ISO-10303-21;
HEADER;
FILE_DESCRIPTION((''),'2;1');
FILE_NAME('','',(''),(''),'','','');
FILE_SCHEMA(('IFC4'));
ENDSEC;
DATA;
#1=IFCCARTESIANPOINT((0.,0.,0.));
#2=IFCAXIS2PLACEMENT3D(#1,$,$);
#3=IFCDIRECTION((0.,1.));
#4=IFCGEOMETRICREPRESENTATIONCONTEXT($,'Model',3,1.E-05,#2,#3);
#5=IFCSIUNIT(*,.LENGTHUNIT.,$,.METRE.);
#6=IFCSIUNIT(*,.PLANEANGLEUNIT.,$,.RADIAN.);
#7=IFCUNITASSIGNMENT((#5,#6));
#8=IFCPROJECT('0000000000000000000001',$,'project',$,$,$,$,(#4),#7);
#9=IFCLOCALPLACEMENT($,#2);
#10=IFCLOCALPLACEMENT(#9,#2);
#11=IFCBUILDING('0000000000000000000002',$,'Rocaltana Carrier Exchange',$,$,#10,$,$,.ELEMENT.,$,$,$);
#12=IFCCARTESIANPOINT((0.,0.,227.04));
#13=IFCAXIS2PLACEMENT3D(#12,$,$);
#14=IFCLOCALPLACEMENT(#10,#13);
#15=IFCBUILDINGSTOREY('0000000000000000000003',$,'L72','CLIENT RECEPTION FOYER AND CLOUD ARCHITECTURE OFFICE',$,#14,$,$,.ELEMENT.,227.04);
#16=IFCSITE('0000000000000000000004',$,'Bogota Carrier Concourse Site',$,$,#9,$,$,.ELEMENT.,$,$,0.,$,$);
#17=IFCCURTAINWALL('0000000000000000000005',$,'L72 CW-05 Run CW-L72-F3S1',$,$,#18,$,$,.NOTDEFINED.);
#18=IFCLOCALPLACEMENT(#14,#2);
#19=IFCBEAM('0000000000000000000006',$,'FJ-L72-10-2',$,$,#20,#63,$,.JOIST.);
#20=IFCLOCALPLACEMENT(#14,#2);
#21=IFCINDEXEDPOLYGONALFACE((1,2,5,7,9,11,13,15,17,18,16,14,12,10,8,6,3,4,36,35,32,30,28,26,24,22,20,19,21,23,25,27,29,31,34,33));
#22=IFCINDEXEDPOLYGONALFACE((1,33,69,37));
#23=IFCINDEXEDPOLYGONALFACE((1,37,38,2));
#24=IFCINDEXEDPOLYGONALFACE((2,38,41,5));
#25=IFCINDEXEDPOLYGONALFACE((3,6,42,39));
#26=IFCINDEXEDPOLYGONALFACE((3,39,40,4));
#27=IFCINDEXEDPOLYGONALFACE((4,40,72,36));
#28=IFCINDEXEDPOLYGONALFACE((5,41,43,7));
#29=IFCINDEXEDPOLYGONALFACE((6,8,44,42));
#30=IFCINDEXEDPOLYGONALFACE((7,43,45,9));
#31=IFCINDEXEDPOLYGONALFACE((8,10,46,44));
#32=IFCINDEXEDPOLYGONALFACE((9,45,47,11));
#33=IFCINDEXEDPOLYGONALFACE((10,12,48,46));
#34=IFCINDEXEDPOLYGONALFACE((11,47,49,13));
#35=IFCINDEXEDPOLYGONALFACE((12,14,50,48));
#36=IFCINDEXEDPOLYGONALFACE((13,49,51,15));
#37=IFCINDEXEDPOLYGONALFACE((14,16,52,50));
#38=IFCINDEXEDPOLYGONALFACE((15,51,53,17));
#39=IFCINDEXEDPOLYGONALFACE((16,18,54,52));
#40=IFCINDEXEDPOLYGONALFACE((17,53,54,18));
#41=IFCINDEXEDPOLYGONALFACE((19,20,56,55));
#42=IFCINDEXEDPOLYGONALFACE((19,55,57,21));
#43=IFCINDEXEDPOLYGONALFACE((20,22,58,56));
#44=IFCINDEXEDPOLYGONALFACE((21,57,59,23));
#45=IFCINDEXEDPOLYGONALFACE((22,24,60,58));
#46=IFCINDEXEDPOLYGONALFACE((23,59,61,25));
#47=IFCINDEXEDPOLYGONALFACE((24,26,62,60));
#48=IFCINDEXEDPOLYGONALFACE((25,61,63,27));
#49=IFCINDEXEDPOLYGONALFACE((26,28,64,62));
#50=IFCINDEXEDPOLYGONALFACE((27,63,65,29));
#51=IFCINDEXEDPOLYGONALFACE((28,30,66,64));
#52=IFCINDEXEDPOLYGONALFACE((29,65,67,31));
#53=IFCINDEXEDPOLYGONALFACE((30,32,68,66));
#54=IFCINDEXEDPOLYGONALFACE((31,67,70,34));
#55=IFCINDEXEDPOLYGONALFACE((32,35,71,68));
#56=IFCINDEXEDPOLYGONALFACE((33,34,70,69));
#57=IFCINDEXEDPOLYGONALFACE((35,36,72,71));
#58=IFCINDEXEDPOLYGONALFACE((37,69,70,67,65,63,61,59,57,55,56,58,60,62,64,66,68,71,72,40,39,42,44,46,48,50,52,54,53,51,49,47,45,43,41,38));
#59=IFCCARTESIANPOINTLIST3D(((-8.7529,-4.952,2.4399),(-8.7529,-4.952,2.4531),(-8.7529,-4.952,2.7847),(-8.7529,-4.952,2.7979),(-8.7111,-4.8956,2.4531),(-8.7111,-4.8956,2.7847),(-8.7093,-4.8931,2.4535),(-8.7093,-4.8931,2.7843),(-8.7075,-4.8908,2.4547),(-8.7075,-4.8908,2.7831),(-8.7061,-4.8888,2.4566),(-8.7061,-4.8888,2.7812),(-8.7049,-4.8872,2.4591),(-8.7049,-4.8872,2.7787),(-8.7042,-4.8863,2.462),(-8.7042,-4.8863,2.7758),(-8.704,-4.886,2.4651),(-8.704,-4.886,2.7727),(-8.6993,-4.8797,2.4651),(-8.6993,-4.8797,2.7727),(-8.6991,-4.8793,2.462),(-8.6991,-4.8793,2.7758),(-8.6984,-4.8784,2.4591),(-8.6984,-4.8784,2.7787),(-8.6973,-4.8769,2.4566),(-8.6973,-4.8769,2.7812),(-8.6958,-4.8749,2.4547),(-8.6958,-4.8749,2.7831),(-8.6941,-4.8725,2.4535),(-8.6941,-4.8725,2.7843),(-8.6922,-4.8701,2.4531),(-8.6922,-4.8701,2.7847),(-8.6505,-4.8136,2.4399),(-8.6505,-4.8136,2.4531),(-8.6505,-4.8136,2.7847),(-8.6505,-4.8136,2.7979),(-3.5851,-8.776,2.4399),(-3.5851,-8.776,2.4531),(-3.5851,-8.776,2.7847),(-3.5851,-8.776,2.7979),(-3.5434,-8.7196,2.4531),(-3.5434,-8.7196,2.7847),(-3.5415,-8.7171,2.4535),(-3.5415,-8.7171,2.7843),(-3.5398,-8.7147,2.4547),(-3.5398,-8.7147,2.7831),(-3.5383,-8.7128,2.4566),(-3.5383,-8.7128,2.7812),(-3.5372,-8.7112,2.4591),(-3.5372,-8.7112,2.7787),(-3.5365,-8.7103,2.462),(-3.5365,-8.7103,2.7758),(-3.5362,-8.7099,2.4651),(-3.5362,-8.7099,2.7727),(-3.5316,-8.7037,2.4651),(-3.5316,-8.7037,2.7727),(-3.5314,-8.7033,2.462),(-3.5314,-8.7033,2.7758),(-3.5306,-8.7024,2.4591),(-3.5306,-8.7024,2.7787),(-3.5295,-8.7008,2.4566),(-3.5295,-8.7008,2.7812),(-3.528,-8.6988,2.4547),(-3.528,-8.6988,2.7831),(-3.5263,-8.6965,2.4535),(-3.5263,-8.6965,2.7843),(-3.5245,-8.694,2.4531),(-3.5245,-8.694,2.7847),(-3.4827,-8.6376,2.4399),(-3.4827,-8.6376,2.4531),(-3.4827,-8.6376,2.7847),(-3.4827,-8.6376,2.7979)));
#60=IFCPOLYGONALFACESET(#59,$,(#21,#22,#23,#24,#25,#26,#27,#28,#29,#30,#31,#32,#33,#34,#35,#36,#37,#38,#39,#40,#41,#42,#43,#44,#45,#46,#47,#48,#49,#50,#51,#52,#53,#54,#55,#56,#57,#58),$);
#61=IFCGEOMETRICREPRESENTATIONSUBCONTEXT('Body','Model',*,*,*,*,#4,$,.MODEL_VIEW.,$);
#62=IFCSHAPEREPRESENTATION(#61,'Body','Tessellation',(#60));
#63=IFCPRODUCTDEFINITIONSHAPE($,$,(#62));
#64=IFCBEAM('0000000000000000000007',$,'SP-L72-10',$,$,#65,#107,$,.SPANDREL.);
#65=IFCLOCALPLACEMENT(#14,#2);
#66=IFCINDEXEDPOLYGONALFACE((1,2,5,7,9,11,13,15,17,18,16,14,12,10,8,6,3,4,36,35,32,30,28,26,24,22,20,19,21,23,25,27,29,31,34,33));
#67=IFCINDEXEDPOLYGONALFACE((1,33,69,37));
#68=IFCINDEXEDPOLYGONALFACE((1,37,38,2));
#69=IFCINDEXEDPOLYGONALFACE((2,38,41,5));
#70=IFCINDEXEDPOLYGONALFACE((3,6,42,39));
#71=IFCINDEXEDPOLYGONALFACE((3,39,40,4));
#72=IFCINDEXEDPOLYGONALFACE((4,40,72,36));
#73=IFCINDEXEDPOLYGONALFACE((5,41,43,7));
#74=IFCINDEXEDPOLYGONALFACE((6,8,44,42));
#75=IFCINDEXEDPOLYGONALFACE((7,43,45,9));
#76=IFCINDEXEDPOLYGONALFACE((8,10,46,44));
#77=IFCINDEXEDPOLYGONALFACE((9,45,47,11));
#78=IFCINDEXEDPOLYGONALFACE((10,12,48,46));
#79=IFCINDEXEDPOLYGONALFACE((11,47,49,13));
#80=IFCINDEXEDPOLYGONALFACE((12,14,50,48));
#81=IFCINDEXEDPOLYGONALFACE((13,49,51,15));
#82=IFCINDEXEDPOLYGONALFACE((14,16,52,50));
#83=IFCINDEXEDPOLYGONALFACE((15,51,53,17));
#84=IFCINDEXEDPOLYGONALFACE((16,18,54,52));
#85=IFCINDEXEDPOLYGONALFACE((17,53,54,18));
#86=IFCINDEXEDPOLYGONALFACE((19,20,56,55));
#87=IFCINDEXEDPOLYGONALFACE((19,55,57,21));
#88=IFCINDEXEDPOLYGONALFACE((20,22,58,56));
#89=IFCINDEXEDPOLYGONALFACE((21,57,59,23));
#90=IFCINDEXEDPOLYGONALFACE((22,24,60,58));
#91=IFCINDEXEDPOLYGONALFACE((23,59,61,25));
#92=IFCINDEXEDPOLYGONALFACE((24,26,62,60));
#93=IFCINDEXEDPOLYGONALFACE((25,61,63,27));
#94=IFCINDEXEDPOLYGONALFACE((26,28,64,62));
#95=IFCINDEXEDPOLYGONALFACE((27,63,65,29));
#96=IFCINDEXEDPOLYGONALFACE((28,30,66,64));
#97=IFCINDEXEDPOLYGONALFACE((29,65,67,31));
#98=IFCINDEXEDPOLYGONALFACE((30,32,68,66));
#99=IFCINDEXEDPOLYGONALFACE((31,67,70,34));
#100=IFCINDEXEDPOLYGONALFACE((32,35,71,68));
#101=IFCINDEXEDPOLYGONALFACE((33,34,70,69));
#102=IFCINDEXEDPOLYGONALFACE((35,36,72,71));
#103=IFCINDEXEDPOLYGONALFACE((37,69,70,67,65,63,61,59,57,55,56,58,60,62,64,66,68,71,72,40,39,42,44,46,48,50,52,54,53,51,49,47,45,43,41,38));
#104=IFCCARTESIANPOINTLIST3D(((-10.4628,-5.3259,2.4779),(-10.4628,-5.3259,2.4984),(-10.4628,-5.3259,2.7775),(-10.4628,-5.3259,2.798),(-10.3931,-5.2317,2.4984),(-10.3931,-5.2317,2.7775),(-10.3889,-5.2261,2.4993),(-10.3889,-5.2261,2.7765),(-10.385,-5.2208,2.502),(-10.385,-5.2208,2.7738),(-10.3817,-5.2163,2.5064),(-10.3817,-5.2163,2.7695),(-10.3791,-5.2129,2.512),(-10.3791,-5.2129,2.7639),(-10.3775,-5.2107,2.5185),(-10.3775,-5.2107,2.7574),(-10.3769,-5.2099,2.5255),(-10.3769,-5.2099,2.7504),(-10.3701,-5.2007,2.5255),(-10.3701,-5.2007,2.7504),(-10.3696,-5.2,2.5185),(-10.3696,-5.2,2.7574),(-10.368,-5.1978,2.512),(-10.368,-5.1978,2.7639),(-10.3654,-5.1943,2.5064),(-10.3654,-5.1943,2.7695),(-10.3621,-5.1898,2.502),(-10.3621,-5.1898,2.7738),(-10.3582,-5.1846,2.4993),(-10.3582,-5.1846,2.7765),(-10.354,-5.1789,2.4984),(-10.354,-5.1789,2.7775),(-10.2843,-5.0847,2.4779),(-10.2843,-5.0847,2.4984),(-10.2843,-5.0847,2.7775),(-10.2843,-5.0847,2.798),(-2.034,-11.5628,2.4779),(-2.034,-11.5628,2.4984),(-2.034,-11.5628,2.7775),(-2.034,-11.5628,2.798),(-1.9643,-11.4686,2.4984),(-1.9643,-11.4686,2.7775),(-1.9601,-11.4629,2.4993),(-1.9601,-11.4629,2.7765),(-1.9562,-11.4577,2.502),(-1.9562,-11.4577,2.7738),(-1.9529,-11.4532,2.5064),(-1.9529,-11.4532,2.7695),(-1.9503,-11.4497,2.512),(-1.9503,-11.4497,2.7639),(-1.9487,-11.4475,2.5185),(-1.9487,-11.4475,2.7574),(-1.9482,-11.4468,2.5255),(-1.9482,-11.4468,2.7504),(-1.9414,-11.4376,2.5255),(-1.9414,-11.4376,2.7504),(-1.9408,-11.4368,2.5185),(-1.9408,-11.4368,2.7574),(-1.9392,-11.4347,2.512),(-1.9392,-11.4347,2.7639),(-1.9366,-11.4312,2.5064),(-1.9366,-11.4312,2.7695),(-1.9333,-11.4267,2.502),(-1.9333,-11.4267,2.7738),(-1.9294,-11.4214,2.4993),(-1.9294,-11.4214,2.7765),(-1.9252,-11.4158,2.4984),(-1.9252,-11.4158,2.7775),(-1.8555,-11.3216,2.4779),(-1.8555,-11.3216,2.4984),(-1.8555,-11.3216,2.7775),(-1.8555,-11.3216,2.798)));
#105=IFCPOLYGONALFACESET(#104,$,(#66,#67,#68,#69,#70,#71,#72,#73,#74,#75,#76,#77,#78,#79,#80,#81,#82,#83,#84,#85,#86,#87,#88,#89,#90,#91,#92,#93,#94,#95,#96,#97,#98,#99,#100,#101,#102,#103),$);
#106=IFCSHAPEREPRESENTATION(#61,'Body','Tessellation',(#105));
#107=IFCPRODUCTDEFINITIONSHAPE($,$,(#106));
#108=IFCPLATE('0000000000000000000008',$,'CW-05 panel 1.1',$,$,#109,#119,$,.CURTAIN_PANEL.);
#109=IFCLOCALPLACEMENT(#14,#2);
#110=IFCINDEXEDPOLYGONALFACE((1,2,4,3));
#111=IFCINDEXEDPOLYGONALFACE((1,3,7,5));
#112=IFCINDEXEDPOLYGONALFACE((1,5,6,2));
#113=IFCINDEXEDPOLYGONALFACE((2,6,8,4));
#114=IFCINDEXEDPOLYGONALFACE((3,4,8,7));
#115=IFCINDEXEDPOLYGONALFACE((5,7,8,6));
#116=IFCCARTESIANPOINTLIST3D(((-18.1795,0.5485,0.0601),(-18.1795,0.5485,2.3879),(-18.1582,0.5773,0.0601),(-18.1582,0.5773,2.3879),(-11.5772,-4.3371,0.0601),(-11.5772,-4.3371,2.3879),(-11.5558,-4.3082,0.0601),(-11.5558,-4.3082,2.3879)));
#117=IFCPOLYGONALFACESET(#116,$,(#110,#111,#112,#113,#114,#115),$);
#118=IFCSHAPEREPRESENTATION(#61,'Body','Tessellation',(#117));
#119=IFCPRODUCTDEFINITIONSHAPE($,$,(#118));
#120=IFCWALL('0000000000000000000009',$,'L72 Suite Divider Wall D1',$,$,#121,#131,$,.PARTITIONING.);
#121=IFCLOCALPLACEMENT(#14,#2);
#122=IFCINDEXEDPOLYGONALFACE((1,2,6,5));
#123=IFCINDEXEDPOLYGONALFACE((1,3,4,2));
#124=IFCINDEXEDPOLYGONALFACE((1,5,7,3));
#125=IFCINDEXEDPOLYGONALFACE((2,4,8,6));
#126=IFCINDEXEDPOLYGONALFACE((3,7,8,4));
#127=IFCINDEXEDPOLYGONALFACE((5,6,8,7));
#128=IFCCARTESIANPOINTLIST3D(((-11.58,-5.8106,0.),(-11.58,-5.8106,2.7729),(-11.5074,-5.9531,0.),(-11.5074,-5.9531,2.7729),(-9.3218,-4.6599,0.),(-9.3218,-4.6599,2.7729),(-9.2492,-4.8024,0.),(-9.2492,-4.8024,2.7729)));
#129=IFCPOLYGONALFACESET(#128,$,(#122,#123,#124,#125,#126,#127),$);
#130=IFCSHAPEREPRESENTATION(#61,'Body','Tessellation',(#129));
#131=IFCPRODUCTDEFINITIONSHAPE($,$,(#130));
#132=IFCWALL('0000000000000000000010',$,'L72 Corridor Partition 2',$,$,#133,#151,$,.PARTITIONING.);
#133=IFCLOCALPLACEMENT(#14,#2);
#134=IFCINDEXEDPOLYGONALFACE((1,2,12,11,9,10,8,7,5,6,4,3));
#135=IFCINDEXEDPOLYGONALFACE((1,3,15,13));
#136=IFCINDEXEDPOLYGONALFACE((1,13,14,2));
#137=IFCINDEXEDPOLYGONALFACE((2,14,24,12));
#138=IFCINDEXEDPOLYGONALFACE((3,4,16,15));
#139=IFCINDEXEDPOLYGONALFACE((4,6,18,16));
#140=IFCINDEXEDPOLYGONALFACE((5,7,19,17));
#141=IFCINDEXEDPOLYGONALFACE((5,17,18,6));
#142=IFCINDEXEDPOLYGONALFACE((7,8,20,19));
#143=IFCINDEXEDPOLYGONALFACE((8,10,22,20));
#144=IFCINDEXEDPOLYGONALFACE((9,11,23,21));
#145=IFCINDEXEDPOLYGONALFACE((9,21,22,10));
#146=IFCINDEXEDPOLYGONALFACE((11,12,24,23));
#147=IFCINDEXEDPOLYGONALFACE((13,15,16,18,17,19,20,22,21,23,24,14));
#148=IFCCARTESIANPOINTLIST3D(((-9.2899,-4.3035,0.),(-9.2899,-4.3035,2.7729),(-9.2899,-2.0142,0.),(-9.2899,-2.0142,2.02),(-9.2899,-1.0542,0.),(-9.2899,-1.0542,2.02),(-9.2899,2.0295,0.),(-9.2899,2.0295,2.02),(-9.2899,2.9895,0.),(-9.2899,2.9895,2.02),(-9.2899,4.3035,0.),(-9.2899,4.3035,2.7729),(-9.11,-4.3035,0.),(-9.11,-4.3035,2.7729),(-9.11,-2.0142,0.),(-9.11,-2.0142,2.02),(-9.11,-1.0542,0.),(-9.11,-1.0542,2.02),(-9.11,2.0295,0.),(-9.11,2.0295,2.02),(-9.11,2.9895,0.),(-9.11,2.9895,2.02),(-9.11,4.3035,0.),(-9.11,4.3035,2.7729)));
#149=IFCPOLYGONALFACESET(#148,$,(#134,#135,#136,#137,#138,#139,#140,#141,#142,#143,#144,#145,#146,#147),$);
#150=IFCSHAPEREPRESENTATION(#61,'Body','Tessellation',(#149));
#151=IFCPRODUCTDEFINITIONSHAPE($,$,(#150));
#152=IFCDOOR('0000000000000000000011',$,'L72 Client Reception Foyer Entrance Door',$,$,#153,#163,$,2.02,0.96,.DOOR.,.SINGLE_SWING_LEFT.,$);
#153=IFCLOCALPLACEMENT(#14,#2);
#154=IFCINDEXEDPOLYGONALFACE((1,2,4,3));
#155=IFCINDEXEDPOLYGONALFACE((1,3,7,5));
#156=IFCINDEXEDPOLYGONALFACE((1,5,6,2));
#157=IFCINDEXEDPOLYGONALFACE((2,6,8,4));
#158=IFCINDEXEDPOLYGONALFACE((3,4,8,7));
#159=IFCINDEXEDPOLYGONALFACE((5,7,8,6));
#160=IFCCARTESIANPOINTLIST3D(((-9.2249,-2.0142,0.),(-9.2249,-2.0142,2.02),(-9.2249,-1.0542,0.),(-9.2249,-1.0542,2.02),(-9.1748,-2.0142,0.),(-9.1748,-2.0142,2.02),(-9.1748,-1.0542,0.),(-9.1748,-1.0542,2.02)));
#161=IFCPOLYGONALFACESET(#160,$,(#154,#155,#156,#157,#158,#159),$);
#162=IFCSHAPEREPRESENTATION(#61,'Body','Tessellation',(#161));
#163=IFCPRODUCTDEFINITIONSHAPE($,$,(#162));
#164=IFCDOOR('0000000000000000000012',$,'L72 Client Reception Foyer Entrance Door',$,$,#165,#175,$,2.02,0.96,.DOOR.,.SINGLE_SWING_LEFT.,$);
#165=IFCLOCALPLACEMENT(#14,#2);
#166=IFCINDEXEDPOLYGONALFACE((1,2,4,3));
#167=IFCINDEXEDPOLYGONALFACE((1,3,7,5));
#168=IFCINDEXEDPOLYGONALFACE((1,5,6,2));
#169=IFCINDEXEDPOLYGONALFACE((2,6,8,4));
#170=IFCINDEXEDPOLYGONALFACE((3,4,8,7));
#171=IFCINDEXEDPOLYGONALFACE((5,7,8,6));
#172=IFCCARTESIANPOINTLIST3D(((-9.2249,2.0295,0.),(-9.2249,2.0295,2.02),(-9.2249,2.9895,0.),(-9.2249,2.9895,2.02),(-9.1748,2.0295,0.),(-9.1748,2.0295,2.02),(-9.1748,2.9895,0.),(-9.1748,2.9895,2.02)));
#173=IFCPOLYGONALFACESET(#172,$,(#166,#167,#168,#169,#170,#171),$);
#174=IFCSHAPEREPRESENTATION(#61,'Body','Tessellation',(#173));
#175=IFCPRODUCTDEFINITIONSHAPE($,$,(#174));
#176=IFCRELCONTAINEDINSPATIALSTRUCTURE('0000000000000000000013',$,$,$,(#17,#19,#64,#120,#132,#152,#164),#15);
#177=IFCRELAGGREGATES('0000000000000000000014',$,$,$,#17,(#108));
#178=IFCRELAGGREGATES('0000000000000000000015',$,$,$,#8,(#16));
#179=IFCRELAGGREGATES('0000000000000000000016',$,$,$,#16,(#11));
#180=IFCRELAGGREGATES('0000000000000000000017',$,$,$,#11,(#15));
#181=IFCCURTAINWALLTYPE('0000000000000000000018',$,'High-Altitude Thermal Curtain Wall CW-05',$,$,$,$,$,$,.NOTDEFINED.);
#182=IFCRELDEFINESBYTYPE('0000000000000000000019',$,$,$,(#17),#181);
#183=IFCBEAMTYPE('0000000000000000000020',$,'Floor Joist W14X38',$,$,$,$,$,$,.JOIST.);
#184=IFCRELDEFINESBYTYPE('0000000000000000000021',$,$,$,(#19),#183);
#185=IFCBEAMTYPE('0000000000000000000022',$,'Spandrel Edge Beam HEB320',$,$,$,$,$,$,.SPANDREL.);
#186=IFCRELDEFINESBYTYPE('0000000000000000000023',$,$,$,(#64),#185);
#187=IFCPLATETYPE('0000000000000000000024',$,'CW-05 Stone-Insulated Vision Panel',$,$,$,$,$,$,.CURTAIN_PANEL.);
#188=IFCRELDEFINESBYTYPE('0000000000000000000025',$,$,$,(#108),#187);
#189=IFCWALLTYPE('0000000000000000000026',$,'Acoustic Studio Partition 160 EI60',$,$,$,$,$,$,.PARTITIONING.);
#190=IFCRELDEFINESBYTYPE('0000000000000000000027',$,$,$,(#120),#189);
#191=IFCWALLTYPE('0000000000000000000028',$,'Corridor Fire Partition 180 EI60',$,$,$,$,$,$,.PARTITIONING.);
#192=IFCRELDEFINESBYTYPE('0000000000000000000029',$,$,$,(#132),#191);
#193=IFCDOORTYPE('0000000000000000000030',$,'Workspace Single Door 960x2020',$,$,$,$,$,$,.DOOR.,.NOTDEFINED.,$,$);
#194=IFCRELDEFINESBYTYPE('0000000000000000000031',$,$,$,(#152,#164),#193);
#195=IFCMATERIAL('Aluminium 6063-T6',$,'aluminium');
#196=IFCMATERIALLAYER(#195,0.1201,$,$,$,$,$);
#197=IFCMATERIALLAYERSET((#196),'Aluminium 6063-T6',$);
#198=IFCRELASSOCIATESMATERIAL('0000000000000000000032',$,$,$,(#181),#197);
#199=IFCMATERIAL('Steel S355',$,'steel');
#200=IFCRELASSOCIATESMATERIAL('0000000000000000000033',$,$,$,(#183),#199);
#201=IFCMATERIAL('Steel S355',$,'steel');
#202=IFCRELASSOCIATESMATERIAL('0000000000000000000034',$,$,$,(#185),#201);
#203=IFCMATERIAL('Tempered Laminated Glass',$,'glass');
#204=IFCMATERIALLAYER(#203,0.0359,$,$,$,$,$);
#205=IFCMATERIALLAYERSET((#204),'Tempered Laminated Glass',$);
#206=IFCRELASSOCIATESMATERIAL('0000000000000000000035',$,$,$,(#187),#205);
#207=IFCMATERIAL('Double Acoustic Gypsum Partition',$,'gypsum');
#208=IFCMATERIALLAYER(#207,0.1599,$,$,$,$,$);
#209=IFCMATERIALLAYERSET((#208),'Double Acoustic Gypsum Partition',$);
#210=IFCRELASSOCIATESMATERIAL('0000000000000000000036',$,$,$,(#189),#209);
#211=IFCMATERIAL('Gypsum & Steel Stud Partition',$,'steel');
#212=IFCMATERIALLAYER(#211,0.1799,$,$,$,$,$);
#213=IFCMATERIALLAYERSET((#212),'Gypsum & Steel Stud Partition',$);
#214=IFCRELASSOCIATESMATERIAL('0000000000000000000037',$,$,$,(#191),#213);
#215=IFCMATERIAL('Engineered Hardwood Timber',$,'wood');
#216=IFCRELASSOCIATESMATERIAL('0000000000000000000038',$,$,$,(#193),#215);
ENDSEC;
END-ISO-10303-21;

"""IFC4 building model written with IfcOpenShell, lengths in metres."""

from ifc_helpers import new_model, si_unit, direction, frame, frame_2d, origin, origin_2d, place, context, subcontext, project, spatial, rectangle, i_section, extrude, material, layer, layer_set, material_profile, profile_set, type_object, element, fill, aggregate, save


model = new_model("IFC4")

# Units and contexts
model_context = context("Model", 3, precision=1e-05, world=origin(), true_north=direction((0.0, 1.0)))
body_context = subcontext(model_context, "Body", "Model", "MODEL_VIEW")
ifc_project = project(units=[si_unit("LENGTHUNIT", "METRE"), si_unit("PLANEANGLEUNIT", "RADIAN")], contexts=[model_context])

# Site, building, storey
site_placement = place(None, origin())
site = spatial("IfcSite", under=ifc_project, at=site_placement, Name="Bogota Carrier Concourse Site", CompositionType="ELEMENT", RefElevation=0.0)
building_placement = place(site_placement, origin())
building = spatial("IfcBuilding", under=site, at=building_placement, Name="Rocaltana Carrier Exchange", CompositionType="ELEMENT")
storey_placement = place(building_placement, frame((0.0, 0.0, 227.04)))
storey = spatial("IfcBuildingStorey", under=building, at=storey_placement, Name="L72", Description="CLIENT RECEPTION FOYER AND CLOUD ARCHITECTURE OFFICE", CompositionType="ELEMENT", Elevation=227.04)

# Curtain wall
ifc_material_1 = material(Name="Aluminium 6063-T6", Category="aluminium")
ifc_layer_1 = layer(ifc_material_1, 0.1201)
ifc_layer_set_1 = layer_set([ifc_layer_1], Name="Aluminium 6063-T6")
curtain_wall_type = type_object("IfcCurtainWallType", Name="High-Altitude Thermal Curtain Wall CW-05", PredefinedType="NOTDEFINED", material=ifc_layer_set_1)
curtain_wall_1_placement = place(storey_placement, origin())
curtain_wall_1 = element("IfcCurtainWall", 1, at=curtain_wall_1_placement, inside=storey, type_object=curtain_wall_type, Name="L72 CW-05 Run CW-L72-F3S1", PredefinedType="NOTDEFINED")

# Beams
ifc_material_2 = material(Name="Steel S355", Category="steel")
ifc_material_profile_1 = material_profile(ifc_material_2, i_section(OverallWidth=0.1721, OverallDepth=0.3579, WebThickness=0.0078, FlangeThickness=0.0132, FilletRadius=0.012, at=origin_2d()), Name="W14X38")
ifc_profile_set_1 = profile_set([ifc_material_profile_1], Name="Steel S355")
beam_type_1 = type_object("IfcBeamType", Name="Floor Joist W14X38", PredefinedType="JOIST", material=ifc_profile_set_1)
beam_1_placement = place(storey_placement, frame((-8.7017, -4.8828, 2.6189), z_axis=(0.803852, -0.594829, 0.0), x_axis=(0.594829, 0.803852, 0.0)))
element("IfcBeam", 2, at=beam_1_placement, inside=storey, type_object=beam_type_1, Name="FJ-L72-10-2", PredefinedType="JOIST", context=body_context, shape_type="SweptSolid", body=[
    extrude(i_section(OverallWidth=0.1721, OverallDepth=0.3579, WebThickness=0.0078, FlangeThickness=0.0132, FilletRadius=0.012, at=origin_2d()), origin(), (0.0, 0.0, 1.0), 6.4287),
])
ifc_material_3 = material(Name="Steel S355", Category="steel")
ifc_material_profile_2 = material_profile(ifc_material_3, i_section(OverallWidth=0.3, OverallDepth=0.3201, WebThickness=0.0115, FlangeThickness=0.0205, FilletRadius=0.0271, at=origin_2d()), Name="HEB320")
ifc_profile_set_2 = profile_set([ifc_material_profile_2], Name="Steel S355")
beam_type_2 = type_object("IfcBeamType", Name="Spandrel Edge Beam HEB320", PredefinedType="SPANDREL", material=ifc_profile_set_2)
beam_2_placement = place(storey_placement, frame((-10.3735, -5.2053, 2.6379), z_axis=(0.803861, -0.594817, 0.0), x_axis=(0.594817, 0.803861, 0.0)))
element("IfcBeam", 3, at=beam_2_placement, inside=storey, type_object=beam_type_2, Name="SP-L72-10", PredefinedType="SPANDREL", context=body_context, shape_type="SweptSolid", body=[
    extrude(i_section(OverallWidth=0.3, OverallDepth=0.3201, WebThickness=0.0115, FlangeThickness=0.0205, FilletRadius=0.0271, at=origin_2d()), origin(), (0.0, 0.0, 1.0), 10.4854),
])

# Plate
ifc_material_4 = material(Name="Tempered Laminated Glass", Category="glass")
ifc_layer_2 = layer(ifc_material_4, 0.0359)
ifc_layer_set_2 = layer_set([ifc_layer_2], Name="Tempered Laminated Glass")
plate_type = type_object("IfcPlateType", Name="CW-05 Stone-Insulated Vision Panel", PredefinedType="CURTAIN_PANEL", material=ifc_layer_set_2)
plate_placement = place(storey_placement, frame((-14.8677, -1.8799, 0.0601), z_axis=(0.0, 0.0, 1.0), x_axis=(0.803854, -0.594827, 0.0)))
plate = element("IfcPlate", 4, at=plate_placement, type_object=plate_type, Name="CW-05 panel 1.1", PredefinedType="CURTAIN_PANEL", context=body_context, shape_type="SweptSolid", body=[
    extrude(rectangle(XDim=8.2134, YDim=0.0359, at=origin_2d()), origin(), (0.0, 0.0, 1.0), 2.3279),
])
aggregate(curtain_wall_1, [plate])

# Wall
ifc_material_5 = material(Name="Double Acoustic Gypsum Partition", Category="gypsum")
ifc_layer_3 = layer(ifc_material_5, 0.1599)
ifc_layer_set_3 = layer_set([ifc_layer_3], Name="Double Acoustic Gypsum Partition")
wall_type_1 = type_object("IfcWallType", Name="Acoustic Studio Partition 160 EI60", PredefinedType="PARTITIONING", material=ifc_layer_set_3)
wall_1_placement = place(storey_placement, frame((-9.2856, -4.7312, 0.0), z_axis=(0.0, 0.0, 1.0), x_axis=(-0.890991, -0.454021, 0.0)))
element("IfcWall", 5, at=wall_1_placement, inside=storey, type_object=wall_type_1, Name="L72 Suite Divider Wall D1", PredefinedType="PARTITIONING", context=body_context, shape_type="SweptSolid", body=[
    extrude(rectangle(XDim=2.5344, YDim=0.1599, at=frame_2d((1.2671, 0.0))), origin(), (0.0, 0.0, 1.0), 2.7729),
])

# Wall, openings, doors
ifc_material_6 = material(Name="Gypsum & Steel Stud Partition", Category="steel")
ifc_layer_4 = layer(ifc_material_6, 0.1799)
ifc_layer_set_4 = layer_set([ifc_layer_4], Name="Gypsum & Steel Stud Partition")
wall_type_2 = type_object("IfcWallType", Name="Corridor Fire Partition 180 EI60", PredefinedType="PARTITIONING", material=ifc_layer_set_4)
wall_2_placement = place(storey_placement, frame((-9.2, -4.3035, 0.0), z_axis=(0.0, 0.0, 1.0), x_axis=(0.0, 1.0, 0.0)))
wall_2 = element("IfcWall", 6, at=wall_2_placement, inside=storey, type_object=wall_type_2, Name="L72 Corridor Partition 2", PredefinedType="PARTITIONING", context=body_context, shape_type="SweptSolid", body=[
    extrude(rectangle(XDim=8.6069, YDim=0.1799, at=frame_2d((4.3035, 0.0))), origin(), (0.0, 0.0, 1.0), 2.7729),
])
opening_1_placement = place(wall_2_placement, frame((2.2893, 0.0, 0.0)))
opening_1 = element("IfcOpeningElement", 7, at=opening_1_placement, cuts=wall_2, PredefinedType="OPENING", context=body_context, shape_type="SweptSolid", body=[
    extrude(rectangle(XDim=0.96, YDim=2.02, at=frame_2d((0.48, 1.01))), frame((0.0, 0.0999, 0.0), z_axis=(0.0, -1.0, 0.0), x_axis=(1.0, 0.0, 0.0)), (0.0, 0.0, 1.0), 0.2),
])
opening_2_placement = place(wall_2_placement, frame((6.333, 0.0, 0.0)))
opening_2 = element("IfcOpeningElement", 8, at=opening_2_placement, cuts=wall_2, PredefinedType="OPENING", context=body_context, shape_type="SweptSolid", body=[
    extrude(rectangle(XDim=0.96, YDim=2.02, at=frame_2d((0.48, 1.01))), frame((0.0, 0.0999, 0.0), z_axis=(0.0, -1.0, 0.0), x_axis=(1.0, 0.0, 0.0)), (0.0, 0.0, 1.0), 0.2),
])
ifc_material_7 = material(Name="Engineered Hardwood Timber", Category="wood")
door_type = type_object("IfcDoorType", Name="Workspace Single Door 960x2020", OperationType="NOTDEFINED", PredefinedType="DOOR", material=ifc_material_7)
door_1_placement = place(opening_1_placement, origin())
door_1 = element("IfcDoor", 9, at=door_1_placement, inside=storey, type_object=door_type, Name="L72 Client Reception Foyer Entrance Door", OperationType="SINGLE_SWING_LEFT", OverallHeight=2.02, OverallWidth=0.96, PredefinedType="DOOR", context=body_context, shape_type="SweptSolid", body=[
    extrude(rectangle(XDim=0.96, YDim=2.02, at=frame_2d((0.48, 1.01))), frame((0.0, 0.0249, 0.0), z_axis=(0.0, -1.0, 0.0), x_axis=(1.0, 0.0, 0.0)), (0.0, 0.0, 1.0), 0.05),
])
fill(opening_1, door_1)
door_2_placement = place(opening_2_placement, origin())
door_2 = element("IfcDoor", 10, at=door_2_placement, inside=storey, type_object=door_type, Name="L72 Client Reception Foyer Entrance Door", OperationType="SINGLE_SWING_LEFT", OverallHeight=2.02, OverallWidth=0.96, PredefinedType="DOOR", context=body_context, shape_type="SweptSolid", body=[
    extrude(rectangle(XDim=0.96, YDim=2.02, at=frame_2d((0.48, 1.01))), frame((0.0, 0.0249, 0.0), z_axis=(0.0, -1.0, 0.0), x_axis=(1.0, 0.0, 0.0)), (0.0, 0.0, 1.0), 0.05),
])
fill(opening_2, door_2)

save(model, "model.ifc")
